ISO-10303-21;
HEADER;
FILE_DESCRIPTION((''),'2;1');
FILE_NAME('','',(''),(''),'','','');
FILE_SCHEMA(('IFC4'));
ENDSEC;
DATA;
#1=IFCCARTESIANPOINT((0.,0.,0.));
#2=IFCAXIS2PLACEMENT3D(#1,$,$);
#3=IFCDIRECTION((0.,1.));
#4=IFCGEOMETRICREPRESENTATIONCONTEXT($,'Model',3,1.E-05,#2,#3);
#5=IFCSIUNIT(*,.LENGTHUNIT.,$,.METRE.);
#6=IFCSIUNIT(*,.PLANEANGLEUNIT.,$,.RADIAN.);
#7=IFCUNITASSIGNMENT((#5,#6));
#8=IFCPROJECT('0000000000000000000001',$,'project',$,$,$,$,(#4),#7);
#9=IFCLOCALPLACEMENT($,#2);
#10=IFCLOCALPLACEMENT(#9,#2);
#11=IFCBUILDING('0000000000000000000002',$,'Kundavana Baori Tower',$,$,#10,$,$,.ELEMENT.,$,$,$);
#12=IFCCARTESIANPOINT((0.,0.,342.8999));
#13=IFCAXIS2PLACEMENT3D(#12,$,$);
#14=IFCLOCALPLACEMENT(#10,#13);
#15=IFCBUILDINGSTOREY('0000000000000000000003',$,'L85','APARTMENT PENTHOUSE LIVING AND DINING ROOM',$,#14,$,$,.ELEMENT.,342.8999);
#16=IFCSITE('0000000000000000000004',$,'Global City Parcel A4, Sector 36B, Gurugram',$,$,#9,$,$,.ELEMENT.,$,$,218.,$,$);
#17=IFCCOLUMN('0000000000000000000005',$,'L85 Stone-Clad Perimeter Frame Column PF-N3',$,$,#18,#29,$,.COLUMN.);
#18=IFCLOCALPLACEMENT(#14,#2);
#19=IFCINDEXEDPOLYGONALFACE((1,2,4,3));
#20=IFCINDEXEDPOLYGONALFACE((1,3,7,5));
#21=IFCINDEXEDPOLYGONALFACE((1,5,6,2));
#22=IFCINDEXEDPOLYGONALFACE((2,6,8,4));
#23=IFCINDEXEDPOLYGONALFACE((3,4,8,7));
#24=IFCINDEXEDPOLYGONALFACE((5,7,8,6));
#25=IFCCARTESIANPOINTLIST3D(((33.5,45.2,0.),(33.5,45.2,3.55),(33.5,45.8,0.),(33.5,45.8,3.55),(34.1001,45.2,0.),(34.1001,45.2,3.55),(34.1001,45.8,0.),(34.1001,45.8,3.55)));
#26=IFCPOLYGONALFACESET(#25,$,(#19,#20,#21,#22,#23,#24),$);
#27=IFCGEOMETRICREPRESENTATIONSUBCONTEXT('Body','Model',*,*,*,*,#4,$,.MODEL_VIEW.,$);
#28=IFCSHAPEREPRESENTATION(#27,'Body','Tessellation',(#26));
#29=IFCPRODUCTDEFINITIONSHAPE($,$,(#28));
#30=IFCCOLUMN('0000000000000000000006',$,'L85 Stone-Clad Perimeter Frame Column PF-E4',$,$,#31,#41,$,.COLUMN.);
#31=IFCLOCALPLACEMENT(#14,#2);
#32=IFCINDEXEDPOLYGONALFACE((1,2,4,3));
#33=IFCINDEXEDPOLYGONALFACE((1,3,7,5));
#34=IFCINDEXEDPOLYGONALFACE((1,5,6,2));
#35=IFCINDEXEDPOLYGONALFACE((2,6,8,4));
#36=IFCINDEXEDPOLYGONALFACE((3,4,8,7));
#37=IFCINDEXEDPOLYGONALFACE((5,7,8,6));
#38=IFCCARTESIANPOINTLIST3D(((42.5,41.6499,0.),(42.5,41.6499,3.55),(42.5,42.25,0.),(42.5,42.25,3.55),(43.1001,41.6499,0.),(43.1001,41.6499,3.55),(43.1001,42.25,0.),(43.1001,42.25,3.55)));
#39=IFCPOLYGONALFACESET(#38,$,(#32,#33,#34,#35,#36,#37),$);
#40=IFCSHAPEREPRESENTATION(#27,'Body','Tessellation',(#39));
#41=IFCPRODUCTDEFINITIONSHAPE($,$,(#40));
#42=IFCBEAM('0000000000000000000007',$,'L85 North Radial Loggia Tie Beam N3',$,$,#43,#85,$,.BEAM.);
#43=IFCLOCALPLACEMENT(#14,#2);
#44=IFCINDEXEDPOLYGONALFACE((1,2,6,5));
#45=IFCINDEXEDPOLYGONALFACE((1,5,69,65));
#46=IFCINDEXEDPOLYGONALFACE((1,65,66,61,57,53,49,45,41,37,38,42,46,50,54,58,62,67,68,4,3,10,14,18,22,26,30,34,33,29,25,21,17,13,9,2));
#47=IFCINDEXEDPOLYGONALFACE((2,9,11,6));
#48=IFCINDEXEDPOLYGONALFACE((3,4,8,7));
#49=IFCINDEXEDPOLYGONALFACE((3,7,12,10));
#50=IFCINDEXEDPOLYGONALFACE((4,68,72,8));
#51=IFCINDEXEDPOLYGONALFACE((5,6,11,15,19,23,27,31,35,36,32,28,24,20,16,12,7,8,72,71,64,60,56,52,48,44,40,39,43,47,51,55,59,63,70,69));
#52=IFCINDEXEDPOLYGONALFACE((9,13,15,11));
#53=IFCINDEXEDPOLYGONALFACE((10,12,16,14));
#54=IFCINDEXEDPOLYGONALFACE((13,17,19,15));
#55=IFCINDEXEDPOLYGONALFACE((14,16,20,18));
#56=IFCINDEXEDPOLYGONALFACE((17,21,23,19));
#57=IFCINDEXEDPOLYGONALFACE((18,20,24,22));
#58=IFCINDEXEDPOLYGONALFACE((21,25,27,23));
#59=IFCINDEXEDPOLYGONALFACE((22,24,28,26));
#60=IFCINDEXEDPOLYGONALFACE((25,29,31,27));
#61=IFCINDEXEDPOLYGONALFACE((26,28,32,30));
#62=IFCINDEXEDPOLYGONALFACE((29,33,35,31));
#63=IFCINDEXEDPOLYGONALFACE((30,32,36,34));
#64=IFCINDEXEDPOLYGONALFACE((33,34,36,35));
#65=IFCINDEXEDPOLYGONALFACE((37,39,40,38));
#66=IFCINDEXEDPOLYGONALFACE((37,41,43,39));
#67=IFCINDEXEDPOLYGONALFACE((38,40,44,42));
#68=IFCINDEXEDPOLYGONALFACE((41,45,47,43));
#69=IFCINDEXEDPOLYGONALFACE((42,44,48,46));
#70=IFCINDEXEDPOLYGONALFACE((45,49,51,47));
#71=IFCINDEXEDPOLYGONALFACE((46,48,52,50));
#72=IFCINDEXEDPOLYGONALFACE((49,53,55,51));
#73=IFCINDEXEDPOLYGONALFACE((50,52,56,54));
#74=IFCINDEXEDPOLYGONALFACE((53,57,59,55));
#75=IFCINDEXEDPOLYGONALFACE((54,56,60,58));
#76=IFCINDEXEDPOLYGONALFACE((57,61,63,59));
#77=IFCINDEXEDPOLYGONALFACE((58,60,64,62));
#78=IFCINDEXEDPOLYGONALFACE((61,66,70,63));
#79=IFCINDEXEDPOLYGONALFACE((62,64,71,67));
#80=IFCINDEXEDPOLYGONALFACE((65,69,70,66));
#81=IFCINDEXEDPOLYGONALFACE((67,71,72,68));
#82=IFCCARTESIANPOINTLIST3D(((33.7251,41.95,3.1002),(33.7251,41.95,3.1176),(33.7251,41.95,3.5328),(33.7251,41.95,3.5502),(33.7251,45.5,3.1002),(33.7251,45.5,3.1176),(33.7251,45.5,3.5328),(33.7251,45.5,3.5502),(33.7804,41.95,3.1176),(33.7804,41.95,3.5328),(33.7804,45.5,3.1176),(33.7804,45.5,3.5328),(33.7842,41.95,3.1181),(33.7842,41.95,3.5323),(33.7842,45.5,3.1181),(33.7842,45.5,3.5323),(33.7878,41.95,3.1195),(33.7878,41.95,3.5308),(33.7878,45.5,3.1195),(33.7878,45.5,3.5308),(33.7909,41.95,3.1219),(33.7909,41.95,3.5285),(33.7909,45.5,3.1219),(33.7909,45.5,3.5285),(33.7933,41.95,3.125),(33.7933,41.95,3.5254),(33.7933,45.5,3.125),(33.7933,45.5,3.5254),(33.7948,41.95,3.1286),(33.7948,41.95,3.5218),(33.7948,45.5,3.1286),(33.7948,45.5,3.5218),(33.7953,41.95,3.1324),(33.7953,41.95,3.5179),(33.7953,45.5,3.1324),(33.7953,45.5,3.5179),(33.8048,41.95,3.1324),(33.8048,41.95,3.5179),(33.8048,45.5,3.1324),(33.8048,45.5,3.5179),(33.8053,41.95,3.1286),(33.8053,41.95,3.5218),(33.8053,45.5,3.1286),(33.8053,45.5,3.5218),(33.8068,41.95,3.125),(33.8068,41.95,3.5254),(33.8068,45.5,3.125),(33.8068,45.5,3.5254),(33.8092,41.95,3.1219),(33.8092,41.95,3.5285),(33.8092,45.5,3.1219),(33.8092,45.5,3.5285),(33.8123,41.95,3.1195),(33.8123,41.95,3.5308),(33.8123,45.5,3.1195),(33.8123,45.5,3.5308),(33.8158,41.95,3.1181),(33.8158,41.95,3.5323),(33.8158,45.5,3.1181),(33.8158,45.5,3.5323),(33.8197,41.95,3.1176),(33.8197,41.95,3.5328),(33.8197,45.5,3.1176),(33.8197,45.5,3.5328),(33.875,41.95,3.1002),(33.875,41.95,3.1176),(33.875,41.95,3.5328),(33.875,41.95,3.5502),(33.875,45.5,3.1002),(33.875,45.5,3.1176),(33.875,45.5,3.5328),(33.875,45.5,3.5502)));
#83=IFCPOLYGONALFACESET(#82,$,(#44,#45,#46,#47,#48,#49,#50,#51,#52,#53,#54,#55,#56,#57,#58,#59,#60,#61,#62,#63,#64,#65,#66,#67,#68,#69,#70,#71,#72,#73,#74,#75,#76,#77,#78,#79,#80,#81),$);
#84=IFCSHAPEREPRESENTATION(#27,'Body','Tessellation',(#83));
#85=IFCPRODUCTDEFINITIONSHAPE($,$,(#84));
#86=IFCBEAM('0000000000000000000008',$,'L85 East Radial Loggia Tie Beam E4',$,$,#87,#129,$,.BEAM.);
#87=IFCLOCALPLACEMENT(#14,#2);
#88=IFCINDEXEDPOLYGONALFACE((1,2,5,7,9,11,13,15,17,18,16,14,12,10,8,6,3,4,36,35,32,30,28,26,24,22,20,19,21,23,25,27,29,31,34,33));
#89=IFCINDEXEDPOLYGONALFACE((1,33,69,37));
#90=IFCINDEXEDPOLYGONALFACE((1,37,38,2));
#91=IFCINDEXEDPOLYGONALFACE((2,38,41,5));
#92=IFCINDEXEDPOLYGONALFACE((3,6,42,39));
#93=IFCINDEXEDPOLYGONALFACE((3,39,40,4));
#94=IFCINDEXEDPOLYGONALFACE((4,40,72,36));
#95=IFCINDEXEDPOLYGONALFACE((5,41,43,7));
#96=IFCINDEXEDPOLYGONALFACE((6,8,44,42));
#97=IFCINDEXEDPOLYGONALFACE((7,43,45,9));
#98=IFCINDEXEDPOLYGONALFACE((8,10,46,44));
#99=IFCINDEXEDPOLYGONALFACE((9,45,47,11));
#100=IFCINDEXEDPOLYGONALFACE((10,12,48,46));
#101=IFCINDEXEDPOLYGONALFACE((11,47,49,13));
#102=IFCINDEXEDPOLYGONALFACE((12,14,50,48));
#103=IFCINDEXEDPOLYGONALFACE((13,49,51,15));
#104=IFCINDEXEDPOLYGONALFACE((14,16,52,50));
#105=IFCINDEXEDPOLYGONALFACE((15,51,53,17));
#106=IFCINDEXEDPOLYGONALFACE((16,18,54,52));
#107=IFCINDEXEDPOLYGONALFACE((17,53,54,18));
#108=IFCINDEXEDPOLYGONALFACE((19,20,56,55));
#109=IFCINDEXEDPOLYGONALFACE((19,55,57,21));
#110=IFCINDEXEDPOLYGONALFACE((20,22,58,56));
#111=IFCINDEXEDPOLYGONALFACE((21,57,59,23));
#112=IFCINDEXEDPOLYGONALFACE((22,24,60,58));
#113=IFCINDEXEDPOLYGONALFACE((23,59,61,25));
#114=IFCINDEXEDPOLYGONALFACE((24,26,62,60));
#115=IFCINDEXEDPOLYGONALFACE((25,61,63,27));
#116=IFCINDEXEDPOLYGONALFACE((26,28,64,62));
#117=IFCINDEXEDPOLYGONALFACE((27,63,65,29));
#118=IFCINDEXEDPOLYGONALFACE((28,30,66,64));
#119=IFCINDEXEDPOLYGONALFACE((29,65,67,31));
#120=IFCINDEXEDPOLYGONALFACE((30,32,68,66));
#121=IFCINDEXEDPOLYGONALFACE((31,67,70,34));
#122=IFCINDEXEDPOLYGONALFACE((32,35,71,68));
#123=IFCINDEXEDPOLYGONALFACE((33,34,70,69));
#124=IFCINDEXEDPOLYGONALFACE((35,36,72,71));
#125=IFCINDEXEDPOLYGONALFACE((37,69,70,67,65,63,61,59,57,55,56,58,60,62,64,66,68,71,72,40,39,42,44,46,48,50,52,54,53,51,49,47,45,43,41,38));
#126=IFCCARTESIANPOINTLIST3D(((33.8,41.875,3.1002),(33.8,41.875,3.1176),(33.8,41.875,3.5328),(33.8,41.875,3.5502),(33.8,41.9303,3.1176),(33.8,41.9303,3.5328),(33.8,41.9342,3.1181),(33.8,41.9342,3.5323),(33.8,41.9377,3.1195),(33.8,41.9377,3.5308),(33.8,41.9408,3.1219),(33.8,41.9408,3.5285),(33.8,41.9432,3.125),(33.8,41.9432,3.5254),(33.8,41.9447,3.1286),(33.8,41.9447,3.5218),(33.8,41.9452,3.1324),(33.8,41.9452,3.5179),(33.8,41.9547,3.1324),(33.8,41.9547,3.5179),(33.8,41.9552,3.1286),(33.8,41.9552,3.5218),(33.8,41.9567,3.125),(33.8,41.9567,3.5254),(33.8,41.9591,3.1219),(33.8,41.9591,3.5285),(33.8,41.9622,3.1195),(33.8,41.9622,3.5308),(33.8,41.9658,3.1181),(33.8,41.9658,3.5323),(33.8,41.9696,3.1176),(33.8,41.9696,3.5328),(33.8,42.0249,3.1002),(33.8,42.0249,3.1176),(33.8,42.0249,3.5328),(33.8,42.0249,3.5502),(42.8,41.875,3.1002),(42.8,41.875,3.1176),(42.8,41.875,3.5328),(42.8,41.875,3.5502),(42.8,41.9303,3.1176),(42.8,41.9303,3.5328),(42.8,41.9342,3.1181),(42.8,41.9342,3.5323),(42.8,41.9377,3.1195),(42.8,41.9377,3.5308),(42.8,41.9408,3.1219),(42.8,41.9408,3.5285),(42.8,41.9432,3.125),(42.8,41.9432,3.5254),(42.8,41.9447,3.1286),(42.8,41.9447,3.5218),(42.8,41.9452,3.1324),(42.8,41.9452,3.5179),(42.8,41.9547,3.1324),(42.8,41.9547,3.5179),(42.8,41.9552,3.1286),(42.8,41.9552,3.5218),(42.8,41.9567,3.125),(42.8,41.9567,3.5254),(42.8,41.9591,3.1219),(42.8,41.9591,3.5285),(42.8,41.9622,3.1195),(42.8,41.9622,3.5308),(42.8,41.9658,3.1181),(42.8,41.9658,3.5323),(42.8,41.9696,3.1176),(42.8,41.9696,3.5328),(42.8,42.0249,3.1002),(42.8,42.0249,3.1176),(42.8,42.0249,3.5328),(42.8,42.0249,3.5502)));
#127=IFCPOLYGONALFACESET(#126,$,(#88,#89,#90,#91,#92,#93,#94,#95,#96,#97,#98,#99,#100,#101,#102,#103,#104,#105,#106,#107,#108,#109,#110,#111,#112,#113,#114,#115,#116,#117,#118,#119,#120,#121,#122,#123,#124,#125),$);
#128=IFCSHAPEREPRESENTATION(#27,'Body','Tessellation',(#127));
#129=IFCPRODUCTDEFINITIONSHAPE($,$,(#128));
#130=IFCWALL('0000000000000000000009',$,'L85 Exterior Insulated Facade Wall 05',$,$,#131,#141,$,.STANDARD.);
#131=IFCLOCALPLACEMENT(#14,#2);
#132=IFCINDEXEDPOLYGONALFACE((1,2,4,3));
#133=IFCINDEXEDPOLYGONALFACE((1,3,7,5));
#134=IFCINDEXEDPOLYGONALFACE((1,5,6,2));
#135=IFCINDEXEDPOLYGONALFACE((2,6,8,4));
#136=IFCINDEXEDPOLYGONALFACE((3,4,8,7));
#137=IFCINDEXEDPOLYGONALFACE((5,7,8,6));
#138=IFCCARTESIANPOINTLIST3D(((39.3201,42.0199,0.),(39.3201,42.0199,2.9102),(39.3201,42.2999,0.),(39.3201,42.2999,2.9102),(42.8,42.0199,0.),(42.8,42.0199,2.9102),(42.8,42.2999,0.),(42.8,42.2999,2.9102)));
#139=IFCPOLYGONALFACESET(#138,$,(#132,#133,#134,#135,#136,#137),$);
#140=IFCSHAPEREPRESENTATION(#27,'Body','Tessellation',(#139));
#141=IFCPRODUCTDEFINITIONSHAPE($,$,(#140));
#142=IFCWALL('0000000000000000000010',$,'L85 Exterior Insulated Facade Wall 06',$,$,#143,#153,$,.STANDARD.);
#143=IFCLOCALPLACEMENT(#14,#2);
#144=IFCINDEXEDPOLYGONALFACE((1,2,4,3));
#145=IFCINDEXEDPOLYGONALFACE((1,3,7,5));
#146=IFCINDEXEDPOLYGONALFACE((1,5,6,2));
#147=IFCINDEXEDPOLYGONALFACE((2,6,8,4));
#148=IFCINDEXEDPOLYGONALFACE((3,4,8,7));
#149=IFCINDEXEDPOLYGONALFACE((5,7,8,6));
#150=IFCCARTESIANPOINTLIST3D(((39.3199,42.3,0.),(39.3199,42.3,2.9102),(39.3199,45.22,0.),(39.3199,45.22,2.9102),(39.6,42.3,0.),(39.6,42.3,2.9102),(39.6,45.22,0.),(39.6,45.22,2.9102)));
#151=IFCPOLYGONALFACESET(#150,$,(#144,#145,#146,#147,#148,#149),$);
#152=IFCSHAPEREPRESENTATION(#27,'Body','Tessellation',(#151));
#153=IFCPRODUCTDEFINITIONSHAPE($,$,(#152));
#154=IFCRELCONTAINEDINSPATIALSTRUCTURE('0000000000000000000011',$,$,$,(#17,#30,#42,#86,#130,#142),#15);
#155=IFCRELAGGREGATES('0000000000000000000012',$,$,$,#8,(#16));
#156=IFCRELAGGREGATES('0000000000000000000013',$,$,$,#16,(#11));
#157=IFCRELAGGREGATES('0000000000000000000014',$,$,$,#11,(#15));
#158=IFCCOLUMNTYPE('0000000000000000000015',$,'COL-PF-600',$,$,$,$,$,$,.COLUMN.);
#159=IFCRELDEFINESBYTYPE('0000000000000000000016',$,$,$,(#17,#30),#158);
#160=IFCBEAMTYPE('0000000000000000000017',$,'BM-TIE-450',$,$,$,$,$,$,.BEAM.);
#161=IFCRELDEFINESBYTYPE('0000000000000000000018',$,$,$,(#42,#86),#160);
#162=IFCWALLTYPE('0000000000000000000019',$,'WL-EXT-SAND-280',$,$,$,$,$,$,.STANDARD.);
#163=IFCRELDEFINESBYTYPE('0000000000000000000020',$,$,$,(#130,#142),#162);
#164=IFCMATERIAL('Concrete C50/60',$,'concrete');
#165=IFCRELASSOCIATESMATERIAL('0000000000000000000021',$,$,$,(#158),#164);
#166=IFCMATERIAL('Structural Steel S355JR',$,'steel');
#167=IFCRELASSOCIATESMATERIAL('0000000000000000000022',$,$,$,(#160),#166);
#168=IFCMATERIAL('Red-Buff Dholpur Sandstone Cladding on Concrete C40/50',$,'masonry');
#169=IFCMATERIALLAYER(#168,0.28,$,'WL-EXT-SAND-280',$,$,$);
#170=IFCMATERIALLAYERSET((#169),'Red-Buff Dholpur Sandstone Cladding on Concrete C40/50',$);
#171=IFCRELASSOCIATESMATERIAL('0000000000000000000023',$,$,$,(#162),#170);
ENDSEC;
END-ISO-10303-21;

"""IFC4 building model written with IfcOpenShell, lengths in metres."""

from ifc_helpers import new_model, si_unit, direction, frame, frame_2d, origin, origin_2d, place, context, subcontext, project, spatial, rectangle, i_section, extrude, material, layer, layer_set, material_profile, profile_set, type_object, element, save


model = new_model("IFC4")

# Units and contexts
model_context = context("Model", 3, precision=1e-05, world=origin(), true_north=direction((0.0, 1.0)))
body_context = subcontext(model_context, "Body", "Model", "MODEL_VIEW")
ifc_project = project(units=[si_unit("LENGTHUNIT", "METRE"), si_unit("PLANEANGLEUNIT", "RADIAN")], contexts=[model_context])

# Site, building, storey
site_placement = place(None, origin())
site = spatial("IfcSite", under=ifc_project, at=site_placement, Name="Global City Parcel A4, Sector 36B, Gurugram", CompositionType="ELEMENT", RefElevation=218.0)
building_placement = place(site_placement, origin())
building = spatial("IfcBuilding", under=site, at=building_placement, Name="Kundavana Baori Tower", CompositionType="ELEMENT")
storey_placement = place(building_placement, frame((0.0, 0.0, 342.8999)))
storey = spatial("IfcBuildingStorey", under=building, at=storey_placement, Name="L85", Description="APARTMENT PENTHOUSE LIVING AND DINING ROOM", CompositionType="ELEMENT", Elevation=342.8999)

# Columns
ifc_material_1 = material(Name="Concrete C50/60", Category="concrete")
ifc_material_profile_1 = material_profile(ifc_material_1, rectangle(XDim=0.6001, YDim=0.6001, at=origin_2d()), Name="RC PF 600x600")
ifc_profile_set_1 = profile_set([ifc_material_profile_1], Name="Concrete C50/60")
column_type = type_object("IfcColumnType", Name="COL-PF-600", PredefinedType="COLUMN", material=ifc_profile_set_1)
for number, where, z_axis, x_axis, name in (
    (1, (33.8, 45.5, 0.0), (0.0, 0.0, 1.0), (1.0, 0.0, 0.0), "L85 Stone-Clad Perimeter Frame Column PF-N3"),
    (2, (42.8, 41.95, 0.0), (0.0, 0.0, 1.0), (1.0, 0.0, 0.0), "L85 Stone-Clad Perimeter Frame Column PF-E4"),
):
    element("IfcColumn", number, at=place(storey_placement, frame(where, z_axis=z_axis, x_axis=x_axis)), inside=storey, type_object=column_type, Name=name, PredefinedType="COLUMN", context=body_context, shape_type="SweptSolid", body=[
        extrude(rectangle(XDim=0.6001, YDim=0.6001, at=origin_2d()), origin(), (0.0, 0.0, 1.0), 3.55),
    ])

# Beams
ifc_material_2 = material(Name="Structural Steel S355JR", Category="steel")
ifc_material_profile_2 = material_profile(ifc_material_2, i_section(OverallWidth=0.1499, OverallDepth=0.45, WebThickness=0.0095, FlangeThickness=0.0173, FilletRadius=0.0149, at=origin_2d()), Name="ISMB 450")
ifc_profile_set_2 = profile_set([ifc_material_profile_2], Name="Structural Steel S355JR")
beam_type = type_object("IfcBeamType", Name="BM-TIE-450", PredefinedType="BEAM", material=ifc_profile_set_2)
beam_1_placement = place(storey_placement, frame((33.8, 41.95, 3.3252), z_axis=(0.0, 1.0, 0.0), x_axis=(-1.0, 0.0, 0.0)))
element("IfcBeam", 3, at=beam_1_placement, inside=storey, type_object=beam_type, Name="L85 North Radial Loggia Tie Beam N3", PredefinedType="BEAM", context=body_context, shape_type="SweptSolid", body=[
    extrude(i_section(OverallWidth=0.1499, OverallDepth=0.45, WebThickness=0.0095, FlangeThickness=0.0173, FilletRadius=0.0149, at=origin_2d()), origin(), (0.0, 0.0, 1.0), 3.55),
])
beam_2_placement = place(storey_placement, frame((33.8, 41.95, 3.3252), z_axis=(1.0, 0.0, 0.0), x_axis=(0.0, 1.0, 0.0)))
element("IfcBeam", 4, at=beam_2_placement, inside=storey, type_object=beam_type, Name="L85 East Radial Loggia Tie Beam E4", PredefinedType="BEAM", context=body_context, shape_type="SweptSolid", body=[
    extrude(i_section(OverallWidth=0.1499, OverallDepth=0.45, WebThickness=0.0095, FlangeThickness=0.0173, FilletRadius=0.0149, at=origin_2d()), origin(), (0.0, 0.0, 1.0), 9.0),
])

# Walls
ifc_material_3 = material(Name="Red-Buff Dholpur Sandstone Cladding on Concrete C40/50", Category="masonry")
ifc_layer_1 = layer(ifc_material_3, 0.28, Name="WL-EXT-SAND-280")
ifc_layer_set_1 = layer_set([ifc_layer_1], Name="Red-Buff Dholpur Sandstone Cladding on Concrete C40/50")
wall_type_1 = type_object("IfcWallType", Name="WL-EXT-SAND-280", PredefinedType="STANDARD", material=ifc_layer_set_1)
wall_1_placement = place(storey_placement, frame((42.8, 42.1599, 0.0), z_axis=(0.0, 0.0, 1.0), x_axis=(-1.0, 0.0, 0.0)))
element("IfcWall", 5, at=wall_1_placement, inside=storey, type_object=wall_type_1, Name="L85 Exterior Insulated Facade Wall 05", PredefinedType="STANDARD", context=body_context, shape_type="SweptSolid", body=[
    extrude(rectangle(XDim=3.48, YDim=0.28, at=frame_2d((1.74, 0.0))), origin(), (0.0, 0.0, 1.0), 2.9102),
])
wall_2_placement = place(storey_placement, frame((39.46, 42.3, 0.0), z_axis=(0.0, 0.0, 1.0), x_axis=(0.0, 1.0, 0.0)))
element("IfcWall", 6, at=wall_2_placement, inside=storey, type_object=wall_type_1, Name="L85 Exterior Insulated Facade Wall 06", PredefinedType="STANDARD", context=body_context, shape_type="SweptSolid", body=[
    extrude(rectangle(XDim=2.9199, YDim=0.28, at=frame_2d((1.46, 0.0))), origin(), (0.0, 0.0, 1.0), 2.9102),
])

save(model, "model.ifc")
